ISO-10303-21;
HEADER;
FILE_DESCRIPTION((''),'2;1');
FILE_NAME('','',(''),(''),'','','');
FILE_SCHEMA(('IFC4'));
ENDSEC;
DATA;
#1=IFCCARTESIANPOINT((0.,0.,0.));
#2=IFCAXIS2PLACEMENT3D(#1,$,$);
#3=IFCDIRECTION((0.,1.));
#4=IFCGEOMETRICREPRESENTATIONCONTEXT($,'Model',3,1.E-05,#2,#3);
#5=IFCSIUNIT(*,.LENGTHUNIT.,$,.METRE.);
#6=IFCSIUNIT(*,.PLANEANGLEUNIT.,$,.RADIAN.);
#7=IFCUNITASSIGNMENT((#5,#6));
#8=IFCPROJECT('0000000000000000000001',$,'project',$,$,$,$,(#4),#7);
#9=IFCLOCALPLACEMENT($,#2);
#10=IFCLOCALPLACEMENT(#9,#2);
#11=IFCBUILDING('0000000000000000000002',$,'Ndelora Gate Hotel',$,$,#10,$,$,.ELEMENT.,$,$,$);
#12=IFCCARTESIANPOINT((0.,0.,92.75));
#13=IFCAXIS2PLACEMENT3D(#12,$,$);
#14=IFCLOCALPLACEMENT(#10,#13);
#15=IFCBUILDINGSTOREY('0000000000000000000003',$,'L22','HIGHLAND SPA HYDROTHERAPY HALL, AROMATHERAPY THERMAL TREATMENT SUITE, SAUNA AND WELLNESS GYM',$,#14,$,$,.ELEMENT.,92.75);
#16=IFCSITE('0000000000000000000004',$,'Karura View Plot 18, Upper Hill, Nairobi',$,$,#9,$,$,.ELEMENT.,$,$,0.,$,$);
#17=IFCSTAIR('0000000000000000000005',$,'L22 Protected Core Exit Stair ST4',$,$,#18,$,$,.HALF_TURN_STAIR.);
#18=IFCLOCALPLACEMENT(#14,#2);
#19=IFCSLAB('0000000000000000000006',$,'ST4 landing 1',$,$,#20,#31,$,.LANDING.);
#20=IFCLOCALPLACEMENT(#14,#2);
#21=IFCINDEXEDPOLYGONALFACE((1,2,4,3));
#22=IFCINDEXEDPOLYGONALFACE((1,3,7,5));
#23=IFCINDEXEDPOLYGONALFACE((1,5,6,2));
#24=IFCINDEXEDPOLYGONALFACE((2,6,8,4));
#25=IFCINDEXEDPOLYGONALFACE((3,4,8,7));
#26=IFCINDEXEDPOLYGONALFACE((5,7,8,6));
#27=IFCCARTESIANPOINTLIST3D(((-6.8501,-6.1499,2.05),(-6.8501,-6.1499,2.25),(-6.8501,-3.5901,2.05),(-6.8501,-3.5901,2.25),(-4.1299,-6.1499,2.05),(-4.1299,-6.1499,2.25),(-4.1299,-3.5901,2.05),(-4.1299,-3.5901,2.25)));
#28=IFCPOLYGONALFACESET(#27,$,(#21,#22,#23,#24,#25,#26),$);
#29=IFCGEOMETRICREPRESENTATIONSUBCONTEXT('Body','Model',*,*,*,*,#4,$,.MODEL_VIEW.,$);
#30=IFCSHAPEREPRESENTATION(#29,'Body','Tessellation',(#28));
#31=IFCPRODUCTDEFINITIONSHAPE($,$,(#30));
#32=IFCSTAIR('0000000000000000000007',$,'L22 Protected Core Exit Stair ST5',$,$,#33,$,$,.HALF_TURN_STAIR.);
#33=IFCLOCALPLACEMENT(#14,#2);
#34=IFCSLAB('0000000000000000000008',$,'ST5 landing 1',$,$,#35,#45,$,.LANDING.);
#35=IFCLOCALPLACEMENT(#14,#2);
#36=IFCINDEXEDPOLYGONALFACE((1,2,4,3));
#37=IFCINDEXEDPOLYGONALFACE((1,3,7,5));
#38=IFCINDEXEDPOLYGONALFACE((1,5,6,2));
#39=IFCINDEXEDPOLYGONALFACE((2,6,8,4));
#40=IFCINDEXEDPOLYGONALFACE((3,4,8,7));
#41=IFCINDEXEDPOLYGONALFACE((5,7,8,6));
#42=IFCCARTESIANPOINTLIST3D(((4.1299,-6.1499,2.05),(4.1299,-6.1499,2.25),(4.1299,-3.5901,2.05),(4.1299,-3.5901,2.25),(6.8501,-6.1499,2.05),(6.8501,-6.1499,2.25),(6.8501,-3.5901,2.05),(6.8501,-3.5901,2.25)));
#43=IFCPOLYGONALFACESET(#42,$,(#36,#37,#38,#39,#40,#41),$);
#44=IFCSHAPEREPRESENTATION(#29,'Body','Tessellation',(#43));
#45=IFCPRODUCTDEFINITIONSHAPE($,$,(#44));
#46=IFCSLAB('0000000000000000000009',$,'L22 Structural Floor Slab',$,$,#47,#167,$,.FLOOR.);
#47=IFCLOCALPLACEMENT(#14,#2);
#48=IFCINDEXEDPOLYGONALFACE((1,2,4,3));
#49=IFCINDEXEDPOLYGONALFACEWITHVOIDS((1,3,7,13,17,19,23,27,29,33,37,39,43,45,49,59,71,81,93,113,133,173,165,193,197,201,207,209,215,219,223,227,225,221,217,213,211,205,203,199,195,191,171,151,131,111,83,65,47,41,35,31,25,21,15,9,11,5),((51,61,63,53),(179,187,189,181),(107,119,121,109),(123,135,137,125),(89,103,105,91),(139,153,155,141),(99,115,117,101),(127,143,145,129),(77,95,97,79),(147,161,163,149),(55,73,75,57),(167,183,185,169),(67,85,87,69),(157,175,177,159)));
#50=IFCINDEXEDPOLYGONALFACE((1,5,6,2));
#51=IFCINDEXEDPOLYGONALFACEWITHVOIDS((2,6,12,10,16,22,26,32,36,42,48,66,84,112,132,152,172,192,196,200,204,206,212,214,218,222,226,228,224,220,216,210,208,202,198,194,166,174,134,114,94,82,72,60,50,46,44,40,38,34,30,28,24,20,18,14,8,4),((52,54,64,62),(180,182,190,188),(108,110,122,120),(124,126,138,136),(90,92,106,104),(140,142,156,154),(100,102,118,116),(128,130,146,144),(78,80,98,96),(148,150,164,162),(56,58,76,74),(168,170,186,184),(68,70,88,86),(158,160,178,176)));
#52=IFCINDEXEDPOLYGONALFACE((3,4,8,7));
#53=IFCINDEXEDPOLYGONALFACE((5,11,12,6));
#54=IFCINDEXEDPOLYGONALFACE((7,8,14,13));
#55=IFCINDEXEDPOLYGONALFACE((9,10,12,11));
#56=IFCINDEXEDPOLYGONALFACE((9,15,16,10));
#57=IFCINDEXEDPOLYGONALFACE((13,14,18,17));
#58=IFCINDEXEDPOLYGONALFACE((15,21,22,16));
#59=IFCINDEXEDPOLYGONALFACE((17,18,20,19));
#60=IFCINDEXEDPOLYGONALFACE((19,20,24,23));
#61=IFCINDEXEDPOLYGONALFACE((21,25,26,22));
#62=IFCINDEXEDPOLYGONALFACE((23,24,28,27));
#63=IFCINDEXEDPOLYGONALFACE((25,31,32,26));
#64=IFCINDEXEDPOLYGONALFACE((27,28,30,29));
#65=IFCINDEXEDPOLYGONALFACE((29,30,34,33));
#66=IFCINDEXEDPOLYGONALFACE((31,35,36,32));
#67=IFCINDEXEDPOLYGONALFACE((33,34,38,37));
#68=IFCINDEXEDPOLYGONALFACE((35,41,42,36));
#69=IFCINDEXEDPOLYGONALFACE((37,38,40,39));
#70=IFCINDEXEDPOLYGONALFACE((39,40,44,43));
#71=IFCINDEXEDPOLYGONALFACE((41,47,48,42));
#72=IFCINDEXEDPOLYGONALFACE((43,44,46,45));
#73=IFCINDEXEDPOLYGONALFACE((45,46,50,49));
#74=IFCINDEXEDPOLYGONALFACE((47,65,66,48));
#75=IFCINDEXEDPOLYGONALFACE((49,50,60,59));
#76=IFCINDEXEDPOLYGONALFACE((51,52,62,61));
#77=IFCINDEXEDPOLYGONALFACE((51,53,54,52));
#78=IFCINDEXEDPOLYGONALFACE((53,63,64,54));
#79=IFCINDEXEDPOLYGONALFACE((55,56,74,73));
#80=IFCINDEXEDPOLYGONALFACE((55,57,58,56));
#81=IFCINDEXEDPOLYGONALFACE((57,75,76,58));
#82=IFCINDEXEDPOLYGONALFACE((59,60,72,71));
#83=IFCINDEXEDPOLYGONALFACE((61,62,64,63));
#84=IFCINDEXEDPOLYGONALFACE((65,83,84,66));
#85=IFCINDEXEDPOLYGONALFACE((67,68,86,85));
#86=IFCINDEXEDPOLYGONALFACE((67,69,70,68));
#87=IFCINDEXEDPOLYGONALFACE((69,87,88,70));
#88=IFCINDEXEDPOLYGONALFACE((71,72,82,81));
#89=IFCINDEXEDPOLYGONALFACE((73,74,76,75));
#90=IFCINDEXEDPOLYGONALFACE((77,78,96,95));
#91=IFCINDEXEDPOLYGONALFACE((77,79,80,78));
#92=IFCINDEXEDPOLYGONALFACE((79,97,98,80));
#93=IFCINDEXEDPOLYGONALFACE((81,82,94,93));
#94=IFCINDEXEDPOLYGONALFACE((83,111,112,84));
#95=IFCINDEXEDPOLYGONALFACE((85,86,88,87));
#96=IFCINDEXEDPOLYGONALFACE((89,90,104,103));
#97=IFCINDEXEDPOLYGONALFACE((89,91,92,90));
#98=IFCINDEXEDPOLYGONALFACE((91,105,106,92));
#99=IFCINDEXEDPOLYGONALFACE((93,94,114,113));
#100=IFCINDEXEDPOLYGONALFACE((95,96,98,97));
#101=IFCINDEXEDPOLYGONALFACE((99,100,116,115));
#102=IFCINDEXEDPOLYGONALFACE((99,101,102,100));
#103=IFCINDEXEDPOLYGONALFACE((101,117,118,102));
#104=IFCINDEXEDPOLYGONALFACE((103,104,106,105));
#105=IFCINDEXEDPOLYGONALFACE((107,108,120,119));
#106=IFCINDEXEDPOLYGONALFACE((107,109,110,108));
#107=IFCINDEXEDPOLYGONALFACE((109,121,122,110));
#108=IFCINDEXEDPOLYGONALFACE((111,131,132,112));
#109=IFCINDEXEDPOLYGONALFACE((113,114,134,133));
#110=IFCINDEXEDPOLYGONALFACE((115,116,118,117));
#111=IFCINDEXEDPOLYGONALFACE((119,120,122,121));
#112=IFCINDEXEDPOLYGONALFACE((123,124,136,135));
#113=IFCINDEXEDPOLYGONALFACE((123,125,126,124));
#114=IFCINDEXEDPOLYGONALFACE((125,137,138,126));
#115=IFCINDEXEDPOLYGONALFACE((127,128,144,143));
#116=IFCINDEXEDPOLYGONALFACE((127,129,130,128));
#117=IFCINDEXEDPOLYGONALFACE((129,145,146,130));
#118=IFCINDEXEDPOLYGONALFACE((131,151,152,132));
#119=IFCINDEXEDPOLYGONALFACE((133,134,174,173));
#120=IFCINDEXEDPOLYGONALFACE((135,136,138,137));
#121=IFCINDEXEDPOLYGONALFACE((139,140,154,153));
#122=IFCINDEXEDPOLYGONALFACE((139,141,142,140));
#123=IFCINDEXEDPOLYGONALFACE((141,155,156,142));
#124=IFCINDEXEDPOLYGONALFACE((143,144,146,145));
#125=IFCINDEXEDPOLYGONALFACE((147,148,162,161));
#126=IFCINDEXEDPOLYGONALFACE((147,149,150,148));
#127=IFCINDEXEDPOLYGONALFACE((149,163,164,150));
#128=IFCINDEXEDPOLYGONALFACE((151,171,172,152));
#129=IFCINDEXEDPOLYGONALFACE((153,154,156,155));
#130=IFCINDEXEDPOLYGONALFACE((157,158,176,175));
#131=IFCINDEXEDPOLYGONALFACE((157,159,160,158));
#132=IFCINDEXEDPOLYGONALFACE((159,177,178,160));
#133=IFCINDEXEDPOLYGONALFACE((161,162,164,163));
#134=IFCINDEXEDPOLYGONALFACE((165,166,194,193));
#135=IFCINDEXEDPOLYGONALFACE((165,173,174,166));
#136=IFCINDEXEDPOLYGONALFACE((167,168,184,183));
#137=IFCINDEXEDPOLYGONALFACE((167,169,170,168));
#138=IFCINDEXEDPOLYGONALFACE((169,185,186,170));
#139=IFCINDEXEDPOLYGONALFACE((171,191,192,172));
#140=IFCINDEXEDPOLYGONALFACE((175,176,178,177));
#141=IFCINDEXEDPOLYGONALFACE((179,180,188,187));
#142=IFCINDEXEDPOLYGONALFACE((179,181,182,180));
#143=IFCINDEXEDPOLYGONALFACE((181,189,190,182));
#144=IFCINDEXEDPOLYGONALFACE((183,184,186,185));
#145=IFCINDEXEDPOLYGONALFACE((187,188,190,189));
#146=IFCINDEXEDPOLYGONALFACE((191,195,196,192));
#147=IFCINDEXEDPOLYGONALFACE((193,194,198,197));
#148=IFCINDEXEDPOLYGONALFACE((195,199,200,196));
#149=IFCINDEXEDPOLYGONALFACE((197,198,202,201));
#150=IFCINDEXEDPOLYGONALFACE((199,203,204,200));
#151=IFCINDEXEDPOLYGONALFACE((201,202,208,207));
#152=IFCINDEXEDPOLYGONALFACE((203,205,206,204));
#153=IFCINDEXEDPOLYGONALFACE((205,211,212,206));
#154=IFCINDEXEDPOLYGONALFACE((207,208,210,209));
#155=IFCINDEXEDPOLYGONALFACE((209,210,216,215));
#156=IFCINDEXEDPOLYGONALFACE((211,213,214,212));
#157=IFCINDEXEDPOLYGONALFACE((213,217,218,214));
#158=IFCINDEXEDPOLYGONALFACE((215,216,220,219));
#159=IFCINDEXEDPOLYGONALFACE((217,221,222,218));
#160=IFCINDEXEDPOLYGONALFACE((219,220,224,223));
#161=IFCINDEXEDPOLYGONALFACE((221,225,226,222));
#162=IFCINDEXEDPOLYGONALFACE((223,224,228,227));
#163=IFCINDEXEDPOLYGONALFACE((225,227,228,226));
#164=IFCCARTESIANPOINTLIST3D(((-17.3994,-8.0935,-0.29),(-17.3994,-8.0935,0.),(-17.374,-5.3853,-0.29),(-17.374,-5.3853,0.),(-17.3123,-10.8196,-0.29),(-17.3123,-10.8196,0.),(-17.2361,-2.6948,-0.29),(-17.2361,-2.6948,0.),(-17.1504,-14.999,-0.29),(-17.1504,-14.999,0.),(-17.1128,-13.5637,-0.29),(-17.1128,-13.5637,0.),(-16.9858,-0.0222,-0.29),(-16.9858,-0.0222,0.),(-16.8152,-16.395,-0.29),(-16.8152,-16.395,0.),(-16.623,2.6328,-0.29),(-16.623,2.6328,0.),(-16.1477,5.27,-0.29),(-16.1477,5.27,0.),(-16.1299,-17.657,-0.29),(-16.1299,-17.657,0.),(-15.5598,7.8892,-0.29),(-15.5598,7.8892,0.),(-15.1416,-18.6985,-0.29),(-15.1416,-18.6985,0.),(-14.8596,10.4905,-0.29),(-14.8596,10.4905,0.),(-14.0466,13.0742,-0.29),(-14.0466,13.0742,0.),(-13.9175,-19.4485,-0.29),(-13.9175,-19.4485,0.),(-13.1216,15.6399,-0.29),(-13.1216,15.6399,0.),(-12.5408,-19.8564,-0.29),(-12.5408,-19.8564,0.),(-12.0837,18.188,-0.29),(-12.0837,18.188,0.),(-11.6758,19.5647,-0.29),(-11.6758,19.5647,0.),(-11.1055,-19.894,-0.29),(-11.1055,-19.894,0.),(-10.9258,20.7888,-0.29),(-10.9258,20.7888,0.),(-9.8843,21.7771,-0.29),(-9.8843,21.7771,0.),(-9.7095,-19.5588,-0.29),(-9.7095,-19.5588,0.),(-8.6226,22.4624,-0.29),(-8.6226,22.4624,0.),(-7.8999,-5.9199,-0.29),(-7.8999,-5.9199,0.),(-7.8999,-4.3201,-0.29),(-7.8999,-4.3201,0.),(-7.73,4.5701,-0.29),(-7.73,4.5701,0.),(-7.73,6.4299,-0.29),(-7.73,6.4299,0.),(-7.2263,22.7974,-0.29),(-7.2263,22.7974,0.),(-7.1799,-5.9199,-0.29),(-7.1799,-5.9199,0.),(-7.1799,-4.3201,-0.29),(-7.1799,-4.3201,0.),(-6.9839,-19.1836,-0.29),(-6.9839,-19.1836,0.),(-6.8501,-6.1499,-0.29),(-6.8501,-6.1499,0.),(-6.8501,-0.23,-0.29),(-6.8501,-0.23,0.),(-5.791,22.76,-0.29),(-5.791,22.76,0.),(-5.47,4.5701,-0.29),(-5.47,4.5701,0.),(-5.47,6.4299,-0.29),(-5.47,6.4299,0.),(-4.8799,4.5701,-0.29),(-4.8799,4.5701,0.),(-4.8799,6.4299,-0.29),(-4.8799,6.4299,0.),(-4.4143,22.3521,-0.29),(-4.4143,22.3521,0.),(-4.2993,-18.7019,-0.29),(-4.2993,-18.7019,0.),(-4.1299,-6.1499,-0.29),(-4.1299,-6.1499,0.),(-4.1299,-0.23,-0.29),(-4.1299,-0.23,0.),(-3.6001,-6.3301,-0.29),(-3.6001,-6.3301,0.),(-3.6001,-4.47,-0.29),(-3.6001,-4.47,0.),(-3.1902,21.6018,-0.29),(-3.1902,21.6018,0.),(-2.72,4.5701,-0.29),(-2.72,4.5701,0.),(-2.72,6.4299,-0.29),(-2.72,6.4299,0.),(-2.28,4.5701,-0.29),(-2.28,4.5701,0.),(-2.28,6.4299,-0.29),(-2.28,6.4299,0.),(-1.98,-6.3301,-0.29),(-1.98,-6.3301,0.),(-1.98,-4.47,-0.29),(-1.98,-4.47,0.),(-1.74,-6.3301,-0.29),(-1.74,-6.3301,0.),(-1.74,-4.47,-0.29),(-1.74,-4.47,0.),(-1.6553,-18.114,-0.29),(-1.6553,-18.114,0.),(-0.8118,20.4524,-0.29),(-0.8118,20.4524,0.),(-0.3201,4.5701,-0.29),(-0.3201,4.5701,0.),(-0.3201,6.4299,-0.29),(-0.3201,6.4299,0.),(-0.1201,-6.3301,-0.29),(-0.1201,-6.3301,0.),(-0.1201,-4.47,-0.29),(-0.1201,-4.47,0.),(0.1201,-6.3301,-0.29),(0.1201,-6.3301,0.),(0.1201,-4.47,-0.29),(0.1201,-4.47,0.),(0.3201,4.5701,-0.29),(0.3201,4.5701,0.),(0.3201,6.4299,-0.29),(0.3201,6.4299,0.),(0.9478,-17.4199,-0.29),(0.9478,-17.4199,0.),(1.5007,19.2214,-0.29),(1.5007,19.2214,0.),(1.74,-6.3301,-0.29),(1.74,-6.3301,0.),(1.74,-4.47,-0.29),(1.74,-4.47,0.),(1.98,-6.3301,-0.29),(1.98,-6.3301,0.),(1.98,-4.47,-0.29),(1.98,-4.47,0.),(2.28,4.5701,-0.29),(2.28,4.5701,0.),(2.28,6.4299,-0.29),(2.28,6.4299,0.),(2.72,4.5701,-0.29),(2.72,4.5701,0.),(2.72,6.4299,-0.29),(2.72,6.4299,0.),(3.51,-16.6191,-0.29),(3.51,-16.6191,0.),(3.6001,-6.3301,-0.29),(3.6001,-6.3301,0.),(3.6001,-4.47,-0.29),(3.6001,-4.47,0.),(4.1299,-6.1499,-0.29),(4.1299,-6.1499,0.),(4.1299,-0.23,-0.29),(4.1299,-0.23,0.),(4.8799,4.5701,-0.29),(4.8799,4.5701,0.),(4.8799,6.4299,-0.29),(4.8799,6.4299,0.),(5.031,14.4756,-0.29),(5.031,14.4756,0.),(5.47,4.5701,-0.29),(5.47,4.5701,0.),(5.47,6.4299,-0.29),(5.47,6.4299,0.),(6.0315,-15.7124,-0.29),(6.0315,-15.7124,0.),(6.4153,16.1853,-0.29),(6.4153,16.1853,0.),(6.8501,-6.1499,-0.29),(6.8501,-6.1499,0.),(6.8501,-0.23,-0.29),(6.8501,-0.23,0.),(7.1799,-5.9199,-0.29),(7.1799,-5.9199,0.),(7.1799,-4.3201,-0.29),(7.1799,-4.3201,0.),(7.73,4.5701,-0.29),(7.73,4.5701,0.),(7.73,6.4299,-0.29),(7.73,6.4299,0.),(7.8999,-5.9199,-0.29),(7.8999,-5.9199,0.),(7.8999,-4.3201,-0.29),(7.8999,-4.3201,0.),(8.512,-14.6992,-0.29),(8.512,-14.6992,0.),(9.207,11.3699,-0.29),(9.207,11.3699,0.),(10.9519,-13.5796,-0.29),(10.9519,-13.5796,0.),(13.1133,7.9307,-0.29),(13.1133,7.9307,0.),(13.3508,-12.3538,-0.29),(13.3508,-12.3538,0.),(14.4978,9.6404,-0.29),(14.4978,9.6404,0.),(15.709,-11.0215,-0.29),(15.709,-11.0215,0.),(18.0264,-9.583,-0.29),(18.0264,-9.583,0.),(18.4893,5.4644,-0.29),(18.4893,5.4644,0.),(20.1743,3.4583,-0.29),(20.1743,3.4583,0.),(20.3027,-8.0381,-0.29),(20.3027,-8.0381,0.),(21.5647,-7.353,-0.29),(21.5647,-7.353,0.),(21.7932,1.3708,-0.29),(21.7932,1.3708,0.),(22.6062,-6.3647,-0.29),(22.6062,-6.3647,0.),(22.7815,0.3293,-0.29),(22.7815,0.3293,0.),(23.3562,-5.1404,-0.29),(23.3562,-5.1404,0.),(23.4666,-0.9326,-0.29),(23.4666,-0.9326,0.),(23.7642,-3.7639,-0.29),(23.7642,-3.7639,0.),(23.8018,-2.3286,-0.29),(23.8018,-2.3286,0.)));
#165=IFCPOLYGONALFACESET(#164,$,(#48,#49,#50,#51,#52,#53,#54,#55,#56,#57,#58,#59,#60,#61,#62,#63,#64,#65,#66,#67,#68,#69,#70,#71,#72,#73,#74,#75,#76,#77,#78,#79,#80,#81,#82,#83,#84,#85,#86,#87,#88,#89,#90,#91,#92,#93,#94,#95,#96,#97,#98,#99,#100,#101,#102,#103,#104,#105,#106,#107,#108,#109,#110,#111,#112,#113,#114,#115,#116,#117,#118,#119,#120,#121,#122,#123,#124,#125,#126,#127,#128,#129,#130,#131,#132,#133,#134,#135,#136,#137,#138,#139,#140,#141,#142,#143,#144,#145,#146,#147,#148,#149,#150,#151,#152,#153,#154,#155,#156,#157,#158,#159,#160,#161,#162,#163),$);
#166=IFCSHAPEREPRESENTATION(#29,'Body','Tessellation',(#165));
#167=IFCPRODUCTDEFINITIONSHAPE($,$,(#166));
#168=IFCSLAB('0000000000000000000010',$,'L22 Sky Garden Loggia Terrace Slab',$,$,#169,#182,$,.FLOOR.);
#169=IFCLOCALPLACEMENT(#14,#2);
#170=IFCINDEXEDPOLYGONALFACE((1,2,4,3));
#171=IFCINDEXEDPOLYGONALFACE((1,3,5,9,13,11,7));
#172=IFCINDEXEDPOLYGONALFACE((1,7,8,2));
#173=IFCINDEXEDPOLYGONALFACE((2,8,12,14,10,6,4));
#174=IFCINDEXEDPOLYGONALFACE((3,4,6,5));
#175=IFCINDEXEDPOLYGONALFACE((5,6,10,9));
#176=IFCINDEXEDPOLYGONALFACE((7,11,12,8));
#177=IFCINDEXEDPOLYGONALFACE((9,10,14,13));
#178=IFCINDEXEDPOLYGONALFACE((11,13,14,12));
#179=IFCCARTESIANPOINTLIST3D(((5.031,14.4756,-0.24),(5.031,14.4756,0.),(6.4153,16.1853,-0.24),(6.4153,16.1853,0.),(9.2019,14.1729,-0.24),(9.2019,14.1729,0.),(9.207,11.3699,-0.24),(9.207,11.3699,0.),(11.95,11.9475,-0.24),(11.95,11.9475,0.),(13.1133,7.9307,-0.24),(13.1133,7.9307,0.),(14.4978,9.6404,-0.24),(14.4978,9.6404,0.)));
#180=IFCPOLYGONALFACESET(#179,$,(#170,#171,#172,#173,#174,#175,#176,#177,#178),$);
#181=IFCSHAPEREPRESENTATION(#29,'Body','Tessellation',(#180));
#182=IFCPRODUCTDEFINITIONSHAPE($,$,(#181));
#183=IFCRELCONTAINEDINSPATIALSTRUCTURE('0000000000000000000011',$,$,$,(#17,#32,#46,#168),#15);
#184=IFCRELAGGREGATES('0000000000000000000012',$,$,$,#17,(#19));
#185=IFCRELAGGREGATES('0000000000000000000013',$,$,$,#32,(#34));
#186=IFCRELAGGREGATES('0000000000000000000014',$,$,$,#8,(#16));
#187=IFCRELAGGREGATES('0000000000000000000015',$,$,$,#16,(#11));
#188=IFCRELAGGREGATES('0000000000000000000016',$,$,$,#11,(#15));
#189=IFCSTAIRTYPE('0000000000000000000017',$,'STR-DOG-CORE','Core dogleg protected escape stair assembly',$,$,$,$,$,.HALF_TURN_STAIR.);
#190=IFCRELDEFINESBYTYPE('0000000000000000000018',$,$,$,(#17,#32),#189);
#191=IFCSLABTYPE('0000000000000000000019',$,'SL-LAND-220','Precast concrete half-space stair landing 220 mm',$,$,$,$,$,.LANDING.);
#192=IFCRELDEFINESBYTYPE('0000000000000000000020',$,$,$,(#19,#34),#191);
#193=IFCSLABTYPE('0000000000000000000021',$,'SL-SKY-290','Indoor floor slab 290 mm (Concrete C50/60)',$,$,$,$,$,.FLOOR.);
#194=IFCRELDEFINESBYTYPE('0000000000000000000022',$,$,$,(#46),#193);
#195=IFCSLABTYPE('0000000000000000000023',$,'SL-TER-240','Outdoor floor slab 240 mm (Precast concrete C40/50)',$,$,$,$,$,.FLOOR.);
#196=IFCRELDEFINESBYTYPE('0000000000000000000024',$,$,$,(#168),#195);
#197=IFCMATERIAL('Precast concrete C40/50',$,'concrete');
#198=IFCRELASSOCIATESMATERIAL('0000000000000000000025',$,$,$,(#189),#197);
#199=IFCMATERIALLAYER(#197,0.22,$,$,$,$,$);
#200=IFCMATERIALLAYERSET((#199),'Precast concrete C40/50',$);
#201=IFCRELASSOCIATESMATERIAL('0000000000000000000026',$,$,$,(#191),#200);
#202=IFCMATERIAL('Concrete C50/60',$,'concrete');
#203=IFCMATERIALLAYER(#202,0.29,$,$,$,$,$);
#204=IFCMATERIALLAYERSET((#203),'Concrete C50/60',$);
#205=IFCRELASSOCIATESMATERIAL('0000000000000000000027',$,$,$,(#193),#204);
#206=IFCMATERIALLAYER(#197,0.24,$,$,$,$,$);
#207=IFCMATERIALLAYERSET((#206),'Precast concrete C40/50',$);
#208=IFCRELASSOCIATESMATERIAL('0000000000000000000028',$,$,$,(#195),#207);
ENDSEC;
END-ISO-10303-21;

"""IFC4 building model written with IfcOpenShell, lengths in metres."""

from ifc_helpers import new_model, si_unit, direction, frame, origin, place, context, subcontext, project, spatial, polyline, outline, extrude, material, layer, layer_set, type_object, element, aggregate, save


model = new_model("IFC4")

# Units and contexts
model_context = context("Model", 3, precision=1e-05, world=origin(), true_north=direction((0.0, 1.0)))
body_context = subcontext(model_context, "Body", "Model", "MODEL_VIEW")
ifc_project = project(units=[si_unit("LENGTHUNIT", "METRE"), si_unit("PLANEANGLEUNIT", "RADIAN")], contexts=[model_context])

# Site, building, storey
site_placement = place(None, origin())
site = spatial("IfcSite", under=ifc_project, at=site_placement, Name="Karura View Plot 18, Upper Hill, Nairobi", CompositionType="ELEMENT", RefElevation=0.0)
building_placement = place(site_placement, origin())
building = spatial("IfcBuilding", under=site, at=building_placement, Name="Ndelora Gate Hotel", CompositionType="ELEMENT")
storey_placement = place(building_placement, frame((0.0, 0.0, 92.75)))
storey = spatial("IfcBuildingStorey", under=building, at=storey_placement, Name="L22", Description="HIGHLAND SPA HYDROTHERAPY HALL, AROMATHERAPY THERMAL TREATMENT SUITE, SAUNA AND WELLNESS GYM", CompositionType="ELEMENT", Elevation=92.75)

# Stairs, slabs
ifc_material_1 = material(Name="Precast concrete C40/50", Category="concrete")
stair_type = type_object("IfcStairType", Name="STR-DOG-CORE", Description="Core dogleg protected escape stair assembly", PredefinedType="HALF_TURN_STAIR", material=ifc_material_1)
stair_1_placement = place(storey_placement, origin())
stair_1 = element("IfcStair", 1, at=stair_1_placement, inside=storey, type_object=stair_type, Name="L22 Protected Core Exit Stair ST4", PredefinedType="HALF_TURN_STAIR")
ifc_layer_1 = layer(ifc_material_1, 0.22)
ifc_layer_set_1 = layer_set([ifc_layer_1], Name="Precast concrete C40/50")
slab_type_1 = type_object("IfcSlabType", Name="SL-LAND-220", Description="Precast concrete half-space stair landing 220 mm", PredefinedType="LANDING", material=ifc_layer_set_1)
slab_1_placement = place(storey_placement, frame((0.0, 0.0, 2.05)))
slab_1 = element("IfcSlab", 2, at=slab_1_placement, type_object=slab_type_1, Name="ST4 landing 1", PredefinedType="LANDING", context=body_context, shape_type="SweptSolid", body=[
    extrude(outline(polyline([(-6.8501, -3.5901), (-6.8501, -6.1499), (-4.1299, -6.1499), (-4.1299, -3.5901), (-6.8501, -3.5901)])), origin(), (0.0, 0.0, 1.0), 0.2),
])
aggregate(stair_1, [slab_1])
stair_2_placement = place(storey_placement, origin())
stair_2 = element("IfcStair", 3, at=stair_2_placement, inside=storey, type_object=stair_type, Name="L22 Protected Core Exit Stair ST5", PredefinedType="HALF_TURN_STAIR")
slab_2_placement = place(storey_placement, frame((0.0, 0.0, 2.05)))
slab_2 = element("IfcSlab", 4, at=slab_2_placement, type_object=slab_type_1, Name="ST5 landing 1", PredefinedType="LANDING", context=body_context, shape_type="SweptSolid", body=[
    extrude(outline(polyline([(4.1299, -3.5901), (4.1299, -6.1499), (6.8501, -6.1499), (6.8501, -3.5901), (4.1299, -3.5901)])), origin(), (0.0, 0.0, 1.0), 0.2),
])

# Slabs
ifc_material_2 = material(Name="Concrete C50/60", Category="concrete")
ifc_layer_2 = layer(ifc_material_2, 0.29)
ifc_layer_set_2 = layer_set([ifc_layer_2], Name="Concrete C50/60")
slab_type_2 = type_object("IfcSlabType", Name="SL-SKY-290", Description="Indoor floor slab 290 mm (Concrete C50/60)", PredefinedType="FLOOR", material=ifc_layer_set_2)
slab_3_placement = place(storey_placement, frame((0.0, 0.0, -0.29)))
element("IfcSlab", 5, at=slab_3_placement, inside=storey, type_object=slab_type_2, Name="L22 Structural Floor Slab", PredefinedType="FLOOR", context=body_context, shape_type="SweptSolid", body=[
    extrude(outline(polyline([(-3.1902, 21.6018), (-4.4143, 22.3521), (-5.791, 22.76), (-7.2263, 22.7974), (-8.6226, 22.4624), (-9.8843, 21.7771), (-10.9258, 20.7888), (-11.6758, 19.5647), (-12.0837, 18.188), (-13.1216, 15.6399), (-14.0466, 13.0742), (-14.8596, 10.4905), (-15.5598, 7.8892), (-16.1477, 5.27), (-16.623, 2.6328), (-16.9858, -0.0222), (-17.2361, -2.6948), (-17.374, -5.3853), (-17.3994, -8.0935), (-17.3123, -10.8196), (-17.1128, -13.5637), (-17.1504, -14.999), (-16.8152, -16.395), (-16.1299, -17.657), (-15.1416, -18.6985), (-13.9175, -19.4485), (-12.5408, -19.8564), (-11.1055, -19.894), (-9.7095, -19.5588), (-6.9839, -19.1836), (-4.2993, -18.7019), (-1.6553, -18.114), (0.9478, -17.4199), (3.51, -16.6191), (6.0315, -15.7124), (8.512, -14.6992), (10.9519, -13.5796), (13.3508, -12.3538), (15.709, -11.0215), (18.0264, -9.583), (20.3027, -8.0381), (21.5647, -7.353), (22.6062, -6.3647), (23.3562, -5.1404), (23.7642, -3.7639), (23.8018, -2.3286), (23.4666, -0.9326), (22.7815, 0.3293), (21.7932, 1.3708), (20.1743, 3.4583), (18.4893, 5.4644), (14.4978, 9.6404), (13.1133, 7.9307), (9.207, 11.3699), (5.031, 14.4756), (6.4153, 16.1853), (1.5007, 19.2214), (-0.8118, 20.4524), (-3.1902, 21.6018)]), holes=[polyline([(-6.8501, -0.23), (-6.8501, -6.1499), (-4.1299, -6.1499), (-4.1299, -0.23), (-6.8501, -0.23)]), polyline([(4.1299, -0.23), (4.1299, -6.1499), (6.8501, -6.1499), (6.8501, -0.23), (4.1299, -0.23)]), polyline([(-7.73, 4.5701), (-5.47, 4.5701), (-5.47, 6.4299), (-7.73, 6.4299), (-7.73, 4.5701)]), polyline([(5.47, 4.5701), (7.73, 4.5701), (7.73, 6.4299), (5.47, 6.4299), (5.47, 4.5701)]), polyline([(-4.8799, 4.5701), (-2.72, 4.5701), (-2.72, 6.4299), (-4.8799, 6.4299), (-4.8799, 4.5701)]), polyline([(2.72, 4.5701), (4.8799, 4.5701), (4.8799, 6.4299), (2.72, 6.4299), (2.72, 4.5701)]), polyline([(-3.6001, -6.3301), (-1.98, -6.3301), (-1.98, -4.47), (-3.6001, -4.47), (-3.6001, -6.3301)]), polyline([(-1.74, -6.3301), (-0.1201, -6.3301), (-0.1201, -4.47), (-1.74, -4.47), (-1.74, -6.3301)]), polyline([(0.1201, -6.3301), (1.74, -6.3301), (1.74, -4.47), (0.1201, -4.47), (0.1201, -6.3301)]), polyline([(1.98, -6.3301), (3.6001, -6.3301), (3.6001, -4.47), (1.98, -4.47), (1.98, -6.3301)]), polyline([(-2.28, 4.5701), (-0.3201, 4.5701), (-0.3201, 6.4299), (-2.28, 6.4299), (-2.28, 4.5701)]), polyline([(0.3201, 4.5701), (2.28, 4.5701), (2.28, 6.4299), (0.3201, 6.4299), (0.3201, 4.5701)]), polyline([(-7.8999, -5.9199), (-7.1799, -5.9199), (-7.1799, -4.3201), (-7.8999, -4.3201), (-7.8999, -5.9199)]), polyline([(7.1799, -5.9199), (7.8999, -5.9199), (7.8999, -4.3201), (7.1799, -4.3201), (7.1799, -5.9199)])]), origin(), (0.0, 0.0, 1.0), 0.29),
])
ifc_layer_3 = layer(ifc_material_1, 0.24)
ifc_layer_set_3 = layer_set([ifc_layer_3], Name="Precast concrete C40/50")
slab_type_3 = type_object("IfcSlabType", Name="SL-TER-240", Description="Outdoor floor slab 240 mm (Precast concrete C40/50)", PredefinedType="FLOOR", material=ifc_layer_set_3)
slab_4_placement = place(storey_placement, frame((0.0, 0.0, -0.24)))
element("IfcSlab", 6, at=slab_4_placement, inside=storey, type_object=slab_type_3, Name="L22 Sky Garden Loggia Terrace Slab", PredefinedType="FLOOR", context=body_context, shape_type="SweptSolid", body=[
    extrude(outline(polyline([(13.1133, 7.9307), (14.4978, 9.6404), (11.95, 11.9475), (9.2019, 14.1729), (6.4153, 16.1853), (5.031, 14.4756), (9.207, 11.3699), (13.1133, 7.9307)])), origin(), (0.0, 0.0, 1.0), 0.24),
])

aggregate(stair_2, [slab_2])

save(model, "model.ifc")
